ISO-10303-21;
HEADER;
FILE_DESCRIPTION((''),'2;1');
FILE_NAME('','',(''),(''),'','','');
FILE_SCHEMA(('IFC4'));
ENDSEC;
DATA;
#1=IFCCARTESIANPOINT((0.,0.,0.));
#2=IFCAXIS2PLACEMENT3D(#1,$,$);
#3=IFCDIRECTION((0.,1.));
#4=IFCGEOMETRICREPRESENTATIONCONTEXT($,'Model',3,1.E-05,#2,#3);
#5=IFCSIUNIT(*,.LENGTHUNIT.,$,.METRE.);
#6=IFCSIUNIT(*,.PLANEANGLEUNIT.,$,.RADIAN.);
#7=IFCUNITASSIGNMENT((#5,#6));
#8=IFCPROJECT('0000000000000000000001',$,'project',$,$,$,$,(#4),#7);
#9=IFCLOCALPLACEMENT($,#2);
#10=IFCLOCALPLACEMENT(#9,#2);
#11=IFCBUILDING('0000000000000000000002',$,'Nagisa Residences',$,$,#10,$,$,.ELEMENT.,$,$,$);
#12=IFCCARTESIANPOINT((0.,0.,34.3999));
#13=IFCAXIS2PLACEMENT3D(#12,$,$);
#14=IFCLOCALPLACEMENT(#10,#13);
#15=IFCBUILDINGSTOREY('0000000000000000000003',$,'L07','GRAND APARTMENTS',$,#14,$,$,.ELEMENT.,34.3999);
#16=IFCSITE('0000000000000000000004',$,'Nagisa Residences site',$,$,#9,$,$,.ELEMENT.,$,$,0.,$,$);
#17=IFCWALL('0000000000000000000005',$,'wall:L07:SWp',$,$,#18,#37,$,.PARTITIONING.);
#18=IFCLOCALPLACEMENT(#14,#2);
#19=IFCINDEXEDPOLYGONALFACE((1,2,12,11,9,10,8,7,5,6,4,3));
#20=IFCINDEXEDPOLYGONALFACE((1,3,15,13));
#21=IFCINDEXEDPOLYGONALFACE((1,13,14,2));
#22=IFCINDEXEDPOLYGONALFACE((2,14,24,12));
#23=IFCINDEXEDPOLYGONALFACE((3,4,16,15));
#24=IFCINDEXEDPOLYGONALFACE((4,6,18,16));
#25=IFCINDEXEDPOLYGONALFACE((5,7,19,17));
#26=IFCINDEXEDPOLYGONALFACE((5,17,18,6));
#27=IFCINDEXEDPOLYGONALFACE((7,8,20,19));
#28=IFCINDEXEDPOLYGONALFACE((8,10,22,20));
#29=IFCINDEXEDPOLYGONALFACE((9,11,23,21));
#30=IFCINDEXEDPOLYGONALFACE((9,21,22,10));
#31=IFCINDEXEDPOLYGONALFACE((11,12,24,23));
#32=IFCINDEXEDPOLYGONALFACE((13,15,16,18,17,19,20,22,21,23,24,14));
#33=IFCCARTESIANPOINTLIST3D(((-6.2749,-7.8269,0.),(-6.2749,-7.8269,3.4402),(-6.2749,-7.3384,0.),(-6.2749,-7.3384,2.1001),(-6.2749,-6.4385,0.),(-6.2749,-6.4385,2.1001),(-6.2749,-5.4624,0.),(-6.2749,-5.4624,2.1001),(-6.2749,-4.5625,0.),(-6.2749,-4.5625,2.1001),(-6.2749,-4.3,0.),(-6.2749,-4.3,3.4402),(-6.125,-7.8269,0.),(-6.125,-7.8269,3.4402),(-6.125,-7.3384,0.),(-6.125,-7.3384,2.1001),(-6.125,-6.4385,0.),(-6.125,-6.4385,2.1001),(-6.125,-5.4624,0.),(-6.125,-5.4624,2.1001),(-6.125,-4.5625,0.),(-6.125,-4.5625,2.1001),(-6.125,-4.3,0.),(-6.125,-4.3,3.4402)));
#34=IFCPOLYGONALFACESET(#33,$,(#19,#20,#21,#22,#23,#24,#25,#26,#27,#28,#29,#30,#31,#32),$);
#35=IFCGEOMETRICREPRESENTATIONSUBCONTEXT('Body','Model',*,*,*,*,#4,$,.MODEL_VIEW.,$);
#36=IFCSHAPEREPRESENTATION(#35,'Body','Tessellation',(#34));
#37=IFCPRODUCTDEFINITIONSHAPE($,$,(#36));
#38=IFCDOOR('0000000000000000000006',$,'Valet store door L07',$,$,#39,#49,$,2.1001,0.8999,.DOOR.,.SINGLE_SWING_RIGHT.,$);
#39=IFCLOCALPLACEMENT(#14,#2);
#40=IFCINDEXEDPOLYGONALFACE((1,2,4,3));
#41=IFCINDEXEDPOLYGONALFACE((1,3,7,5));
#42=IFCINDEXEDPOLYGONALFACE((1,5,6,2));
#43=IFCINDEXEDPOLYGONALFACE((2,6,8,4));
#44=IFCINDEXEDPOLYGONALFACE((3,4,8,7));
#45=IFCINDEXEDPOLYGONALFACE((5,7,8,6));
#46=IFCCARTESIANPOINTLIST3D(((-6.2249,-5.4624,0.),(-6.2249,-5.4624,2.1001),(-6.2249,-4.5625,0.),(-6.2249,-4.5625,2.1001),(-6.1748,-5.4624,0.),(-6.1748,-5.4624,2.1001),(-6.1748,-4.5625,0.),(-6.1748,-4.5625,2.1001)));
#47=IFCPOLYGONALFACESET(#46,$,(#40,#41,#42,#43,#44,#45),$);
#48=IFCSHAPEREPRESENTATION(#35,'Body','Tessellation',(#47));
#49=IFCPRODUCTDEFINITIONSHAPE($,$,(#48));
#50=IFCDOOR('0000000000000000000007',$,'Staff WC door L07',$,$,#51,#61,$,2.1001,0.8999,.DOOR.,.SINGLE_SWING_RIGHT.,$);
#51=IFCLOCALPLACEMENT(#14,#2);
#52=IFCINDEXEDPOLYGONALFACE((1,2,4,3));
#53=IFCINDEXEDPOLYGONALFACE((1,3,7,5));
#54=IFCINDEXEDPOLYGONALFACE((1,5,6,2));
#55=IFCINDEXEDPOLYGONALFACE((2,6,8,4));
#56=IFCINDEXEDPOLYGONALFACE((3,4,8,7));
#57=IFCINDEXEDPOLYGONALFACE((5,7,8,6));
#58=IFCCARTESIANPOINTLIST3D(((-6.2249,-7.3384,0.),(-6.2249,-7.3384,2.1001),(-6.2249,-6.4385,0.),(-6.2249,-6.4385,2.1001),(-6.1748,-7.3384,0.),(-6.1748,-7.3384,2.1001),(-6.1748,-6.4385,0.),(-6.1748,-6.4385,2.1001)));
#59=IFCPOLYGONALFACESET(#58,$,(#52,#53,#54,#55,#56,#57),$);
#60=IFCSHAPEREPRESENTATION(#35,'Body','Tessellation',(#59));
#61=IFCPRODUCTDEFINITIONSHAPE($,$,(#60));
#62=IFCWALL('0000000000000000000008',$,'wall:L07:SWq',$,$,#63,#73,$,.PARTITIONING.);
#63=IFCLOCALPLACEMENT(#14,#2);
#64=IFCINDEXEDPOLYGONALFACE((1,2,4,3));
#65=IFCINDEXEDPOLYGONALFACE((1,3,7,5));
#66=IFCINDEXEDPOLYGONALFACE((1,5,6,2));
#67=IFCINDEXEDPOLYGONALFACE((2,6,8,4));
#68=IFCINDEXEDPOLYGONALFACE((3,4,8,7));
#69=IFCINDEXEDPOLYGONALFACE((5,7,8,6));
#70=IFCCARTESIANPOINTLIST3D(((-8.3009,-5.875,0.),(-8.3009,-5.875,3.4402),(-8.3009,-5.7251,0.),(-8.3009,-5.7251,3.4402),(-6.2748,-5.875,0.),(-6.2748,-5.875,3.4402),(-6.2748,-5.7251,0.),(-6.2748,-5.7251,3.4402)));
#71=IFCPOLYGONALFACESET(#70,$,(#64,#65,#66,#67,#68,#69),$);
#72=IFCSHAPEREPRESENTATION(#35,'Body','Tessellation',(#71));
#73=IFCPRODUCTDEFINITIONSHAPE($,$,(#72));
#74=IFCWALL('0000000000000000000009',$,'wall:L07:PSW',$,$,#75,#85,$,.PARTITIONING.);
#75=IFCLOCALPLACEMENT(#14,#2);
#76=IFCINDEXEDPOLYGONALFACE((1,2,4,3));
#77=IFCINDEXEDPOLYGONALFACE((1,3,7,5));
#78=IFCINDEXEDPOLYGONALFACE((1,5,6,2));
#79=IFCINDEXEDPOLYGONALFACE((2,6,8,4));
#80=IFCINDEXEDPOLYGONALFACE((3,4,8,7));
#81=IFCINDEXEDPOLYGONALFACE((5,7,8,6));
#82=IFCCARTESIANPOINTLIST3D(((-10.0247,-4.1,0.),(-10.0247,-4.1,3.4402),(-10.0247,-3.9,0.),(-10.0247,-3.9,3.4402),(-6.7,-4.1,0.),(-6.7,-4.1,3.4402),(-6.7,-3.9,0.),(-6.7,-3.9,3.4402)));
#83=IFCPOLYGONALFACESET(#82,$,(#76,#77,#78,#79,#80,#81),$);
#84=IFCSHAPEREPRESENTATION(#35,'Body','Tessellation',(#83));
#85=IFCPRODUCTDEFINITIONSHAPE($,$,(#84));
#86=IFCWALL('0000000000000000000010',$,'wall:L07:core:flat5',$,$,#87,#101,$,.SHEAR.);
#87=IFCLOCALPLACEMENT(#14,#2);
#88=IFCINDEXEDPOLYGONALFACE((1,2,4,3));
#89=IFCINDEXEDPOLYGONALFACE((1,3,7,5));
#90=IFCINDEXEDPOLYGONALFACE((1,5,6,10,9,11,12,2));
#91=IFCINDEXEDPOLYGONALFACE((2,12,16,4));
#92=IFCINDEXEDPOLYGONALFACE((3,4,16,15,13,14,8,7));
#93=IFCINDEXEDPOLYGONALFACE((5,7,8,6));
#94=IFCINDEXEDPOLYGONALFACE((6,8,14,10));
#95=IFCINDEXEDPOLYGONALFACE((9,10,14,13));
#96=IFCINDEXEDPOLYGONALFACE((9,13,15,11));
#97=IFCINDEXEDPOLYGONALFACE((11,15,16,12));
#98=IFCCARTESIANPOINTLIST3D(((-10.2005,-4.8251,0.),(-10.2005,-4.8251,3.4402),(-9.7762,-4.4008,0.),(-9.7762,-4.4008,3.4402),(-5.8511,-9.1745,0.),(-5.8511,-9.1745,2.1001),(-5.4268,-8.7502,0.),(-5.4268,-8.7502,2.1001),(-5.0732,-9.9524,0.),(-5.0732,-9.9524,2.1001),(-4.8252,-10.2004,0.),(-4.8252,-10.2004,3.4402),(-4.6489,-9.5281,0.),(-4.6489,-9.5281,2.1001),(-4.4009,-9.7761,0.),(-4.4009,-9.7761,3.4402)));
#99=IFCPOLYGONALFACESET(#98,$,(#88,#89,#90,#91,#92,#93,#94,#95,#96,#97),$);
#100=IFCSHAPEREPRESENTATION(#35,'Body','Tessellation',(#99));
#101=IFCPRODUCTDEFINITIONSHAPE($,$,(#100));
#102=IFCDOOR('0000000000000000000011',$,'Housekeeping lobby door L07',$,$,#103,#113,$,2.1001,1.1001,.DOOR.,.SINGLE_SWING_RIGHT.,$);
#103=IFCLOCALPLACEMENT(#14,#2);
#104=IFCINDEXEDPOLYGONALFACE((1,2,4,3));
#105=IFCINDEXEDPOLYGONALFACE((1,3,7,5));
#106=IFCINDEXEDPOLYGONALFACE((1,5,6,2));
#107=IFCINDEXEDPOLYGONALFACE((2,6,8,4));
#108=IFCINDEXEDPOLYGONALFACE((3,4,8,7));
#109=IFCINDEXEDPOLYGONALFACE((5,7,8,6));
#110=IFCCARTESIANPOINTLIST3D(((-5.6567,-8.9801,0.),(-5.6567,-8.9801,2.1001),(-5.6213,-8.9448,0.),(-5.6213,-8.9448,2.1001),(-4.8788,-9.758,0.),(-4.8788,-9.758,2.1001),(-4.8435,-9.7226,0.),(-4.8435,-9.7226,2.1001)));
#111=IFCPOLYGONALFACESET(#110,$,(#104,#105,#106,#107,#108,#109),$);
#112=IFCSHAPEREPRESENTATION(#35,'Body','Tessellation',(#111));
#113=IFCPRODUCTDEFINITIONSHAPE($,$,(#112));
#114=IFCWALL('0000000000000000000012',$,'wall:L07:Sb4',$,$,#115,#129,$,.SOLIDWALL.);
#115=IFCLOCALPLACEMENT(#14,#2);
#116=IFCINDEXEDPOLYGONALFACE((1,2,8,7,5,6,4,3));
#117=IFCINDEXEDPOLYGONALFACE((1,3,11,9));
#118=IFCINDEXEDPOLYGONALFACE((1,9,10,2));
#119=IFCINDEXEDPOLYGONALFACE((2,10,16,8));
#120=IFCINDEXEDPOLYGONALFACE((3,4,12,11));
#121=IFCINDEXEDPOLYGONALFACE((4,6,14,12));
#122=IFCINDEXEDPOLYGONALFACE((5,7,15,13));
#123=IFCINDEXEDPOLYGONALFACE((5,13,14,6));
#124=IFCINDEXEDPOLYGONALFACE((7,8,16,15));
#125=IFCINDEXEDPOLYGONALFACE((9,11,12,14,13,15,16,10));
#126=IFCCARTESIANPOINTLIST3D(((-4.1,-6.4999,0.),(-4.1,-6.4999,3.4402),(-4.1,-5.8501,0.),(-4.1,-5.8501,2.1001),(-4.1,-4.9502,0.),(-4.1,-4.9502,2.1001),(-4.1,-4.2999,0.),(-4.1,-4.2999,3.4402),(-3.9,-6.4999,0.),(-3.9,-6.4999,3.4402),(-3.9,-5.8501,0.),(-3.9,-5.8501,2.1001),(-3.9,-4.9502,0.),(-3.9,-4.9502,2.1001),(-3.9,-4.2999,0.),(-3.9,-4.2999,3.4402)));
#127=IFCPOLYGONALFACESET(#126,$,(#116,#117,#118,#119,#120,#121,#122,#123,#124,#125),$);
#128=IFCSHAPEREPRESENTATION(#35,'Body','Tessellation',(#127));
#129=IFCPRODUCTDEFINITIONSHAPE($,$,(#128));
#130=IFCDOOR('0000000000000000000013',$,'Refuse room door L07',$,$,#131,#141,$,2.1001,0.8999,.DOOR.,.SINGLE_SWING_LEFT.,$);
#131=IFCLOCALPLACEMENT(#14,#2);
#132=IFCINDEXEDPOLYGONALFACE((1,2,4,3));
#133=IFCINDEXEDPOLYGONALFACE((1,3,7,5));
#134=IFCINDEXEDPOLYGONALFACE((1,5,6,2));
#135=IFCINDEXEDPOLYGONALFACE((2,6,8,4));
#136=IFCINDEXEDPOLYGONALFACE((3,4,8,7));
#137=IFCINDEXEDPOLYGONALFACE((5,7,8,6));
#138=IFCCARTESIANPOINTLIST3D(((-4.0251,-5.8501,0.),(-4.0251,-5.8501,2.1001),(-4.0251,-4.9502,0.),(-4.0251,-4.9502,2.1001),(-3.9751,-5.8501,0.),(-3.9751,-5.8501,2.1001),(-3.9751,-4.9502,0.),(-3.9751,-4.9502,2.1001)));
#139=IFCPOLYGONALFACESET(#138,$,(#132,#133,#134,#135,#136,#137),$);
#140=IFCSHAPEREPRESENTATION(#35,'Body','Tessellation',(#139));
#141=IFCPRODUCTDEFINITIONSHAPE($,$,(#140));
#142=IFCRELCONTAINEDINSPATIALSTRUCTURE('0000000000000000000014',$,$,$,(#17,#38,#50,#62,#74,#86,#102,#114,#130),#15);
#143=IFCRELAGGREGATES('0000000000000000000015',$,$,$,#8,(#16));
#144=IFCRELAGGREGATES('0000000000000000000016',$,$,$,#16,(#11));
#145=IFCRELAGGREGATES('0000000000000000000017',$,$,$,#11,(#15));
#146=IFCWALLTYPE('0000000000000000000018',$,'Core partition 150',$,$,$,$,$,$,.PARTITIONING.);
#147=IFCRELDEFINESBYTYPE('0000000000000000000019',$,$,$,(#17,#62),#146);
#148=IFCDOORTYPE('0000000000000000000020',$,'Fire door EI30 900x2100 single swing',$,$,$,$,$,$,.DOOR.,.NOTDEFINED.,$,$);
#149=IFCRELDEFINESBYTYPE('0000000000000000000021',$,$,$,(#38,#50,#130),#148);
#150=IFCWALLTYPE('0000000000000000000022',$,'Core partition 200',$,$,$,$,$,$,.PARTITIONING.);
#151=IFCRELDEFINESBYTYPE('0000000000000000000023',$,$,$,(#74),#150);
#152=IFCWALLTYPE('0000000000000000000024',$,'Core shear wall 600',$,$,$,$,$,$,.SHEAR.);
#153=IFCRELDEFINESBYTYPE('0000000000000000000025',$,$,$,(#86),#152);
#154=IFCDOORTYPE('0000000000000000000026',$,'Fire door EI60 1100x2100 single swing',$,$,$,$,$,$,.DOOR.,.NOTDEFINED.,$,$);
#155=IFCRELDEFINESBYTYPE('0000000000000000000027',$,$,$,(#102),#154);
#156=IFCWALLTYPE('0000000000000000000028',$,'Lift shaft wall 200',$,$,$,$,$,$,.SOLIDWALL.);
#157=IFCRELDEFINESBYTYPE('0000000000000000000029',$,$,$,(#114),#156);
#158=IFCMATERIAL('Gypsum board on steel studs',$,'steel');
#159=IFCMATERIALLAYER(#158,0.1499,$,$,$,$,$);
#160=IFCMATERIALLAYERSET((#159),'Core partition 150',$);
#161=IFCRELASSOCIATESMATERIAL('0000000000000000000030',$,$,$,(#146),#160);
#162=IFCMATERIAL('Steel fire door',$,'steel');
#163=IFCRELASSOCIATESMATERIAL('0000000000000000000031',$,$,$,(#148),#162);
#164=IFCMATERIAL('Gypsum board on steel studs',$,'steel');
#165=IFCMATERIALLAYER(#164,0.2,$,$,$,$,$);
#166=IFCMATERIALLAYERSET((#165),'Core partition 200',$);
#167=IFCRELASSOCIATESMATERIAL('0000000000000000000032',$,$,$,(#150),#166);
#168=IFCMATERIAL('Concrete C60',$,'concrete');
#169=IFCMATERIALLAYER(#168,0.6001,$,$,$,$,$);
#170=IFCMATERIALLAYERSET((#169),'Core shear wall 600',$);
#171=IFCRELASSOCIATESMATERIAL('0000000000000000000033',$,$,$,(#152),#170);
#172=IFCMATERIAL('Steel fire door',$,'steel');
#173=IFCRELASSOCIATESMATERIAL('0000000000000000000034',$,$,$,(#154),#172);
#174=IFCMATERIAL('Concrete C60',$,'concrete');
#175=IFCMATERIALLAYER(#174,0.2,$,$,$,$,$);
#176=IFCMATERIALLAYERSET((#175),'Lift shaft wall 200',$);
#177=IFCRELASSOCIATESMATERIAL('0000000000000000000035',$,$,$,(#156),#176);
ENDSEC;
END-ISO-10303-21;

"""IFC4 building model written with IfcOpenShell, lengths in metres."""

from ifc_helpers import new_model, si_unit, direction, frame, frame_2d, origin, place, context, subcontext, project, spatial, rectangle, extrude, material, layer, layer_set, type_object, element, fill, save


model = new_model("IFC4")

# Units and contexts
model_context = context("Model", 3, precision=1e-05, world=origin(), true_north=direction((0.0, 1.0)))
body_context = subcontext(model_context, "Body", "Model", "MODEL_VIEW")
ifc_project = project(units=[si_unit("LENGTHUNIT", "METRE"), si_unit("PLANEANGLEUNIT", "RADIAN")], contexts=[model_context])

# Site, building, storey
site_placement = place(None, origin())
site = spatial("IfcSite", under=ifc_project, at=site_placement, Name="Nagisa Residences site", CompositionType="ELEMENT", RefElevation=0.0)
building_placement = place(site_placement, origin())
building = spatial("IfcBuilding", under=site, at=building_placement, Name="Nagisa Residences", CompositionType="ELEMENT")
storey_placement = place(building_placement, frame((0.0, 0.0, 34.3999)))
storey = spatial("IfcBuildingStorey", under=building, at=storey_placement, Name="L07", Description="GRAND APARTMENTS", CompositionType="ELEMENT", Elevation=34.3999)

# Wall, openings, doors
ifc_material_1 = material(Name="Gypsum board on steel studs", Category="steel")
ifc_layer_1 = layer(ifc_material_1, 0.1499)
ifc_layer_set_1 = layer_set([ifc_layer_1], Name="Core partition 150")
wall_type_1 = type_object("IfcWallType", Name="Core partition 150", PredefinedType="PARTITIONING", material=ifc_layer_set_1)
wall_1_placement = place(storey_placement, frame((-6.2, -7.8269, 0.0), z_axis=(0.0, 0.0, 1.0), x_axis=(0.0, 1.0, 0.0)))
wall_1 = element("IfcWall", 1, at=wall_1_placement, inside=storey, type_object=wall_type_1, Name="wall:L07:SWp", PredefinedType="PARTITIONING", context=body_context, shape_type="SweptSolid", body=[
    extrude(rectangle(XDim=3.5269, YDim=0.1499, at=frame_2d((1.7634, 0.0))), origin(), (0.0, 0.0, 1.0), 3.4402),
])
opening_1_placement = place(wall_1_placement, frame((2.3645, 0.0, 0.0)))
opening_1 = element("IfcOpeningElement", 2, at=opening_1_placement, cuts=wall_1, PredefinedType="OPENING", context=body_context, shape_type="SweptSolid", body=[
    extrude(rectangle(XDim=0.8999, YDim=2.1001, at=frame_2d((0.45, 1.05))), frame((0.0, 0.085, 0.0), z_axis=(0.0, -1.0, 0.0), x_axis=(1.0, 0.0, 0.0)), (0.0, 0.0, 1.0), 0.1699),
])
opening_2_placement = place(wall_1_placement, frame((0.4885, 0.0, 0.0)))
opening_2 = element("IfcOpeningElement", 3, at=opening_2_placement, cuts=wall_1, PredefinedType="OPENING", context=body_context, shape_type="SweptSolid", body=[
    extrude(rectangle(XDim=0.8999, YDim=2.1001, at=frame_2d((0.45, 1.05))), frame((0.0, 0.085, 0.0), z_axis=(0.0, -1.0, 0.0), x_axis=(1.0, 0.0, 0.0)), (0.0, 0.0, 1.0), 0.1699),
])
ifc_material_2 = material(Name="Steel fire door", Category="steel")
door_type_1 = type_object("IfcDoorType", Name="Fire door EI30 900x2100 single swing", OperationType="NOTDEFINED", PredefinedType="DOOR", material=ifc_material_2)
door_1_placement = place(opening_1_placement, origin())
door_1 = element("IfcDoor", 4, at=door_1_placement, inside=storey, type_object=door_type_1, Name="Valet store door L07", OperationType="SINGLE_SWING_RIGHT", OverallHeight=2.1001, OverallWidth=0.8999, PredefinedType="DOOR", context=body_context, shape_type="SweptSolid", body=[
    extrude(rectangle(XDim=0.8999, YDim=2.1001, at=frame_2d((0.45, 1.05))), frame((0.0, 0.0249, 0.0), z_axis=(0.0, -1.0, 0.0), x_axis=(1.0, 0.0, 0.0)), (0.0, 0.0, 1.0), 0.05),
])
fill(opening_1, door_1)
door_2_placement = place(opening_2_placement, origin())
door_2 = element("IfcDoor", 5, at=door_2_placement, inside=storey, type_object=door_type_1, Name="Staff WC door L07", OperationType="SINGLE_SWING_RIGHT", OverallHeight=2.1001, OverallWidth=0.8999, PredefinedType="DOOR", context=body_context, shape_type="SweptSolid", body=[
    extrude(rectangle(XDim=0.8999, YDim=2.1001, at=frame_2d((0.45, 1.05))), frame((0.0, 0.0249, 0.0), z_axis=(0.0, -1.0, 0.0), x_axis=(1.0, 0.0, 0.0)), (0.0, 0.0, 1.0), 0.05),
])
fill(opening_2, door_2)

# Walls
wall_2_placement = place(storey_placement, frame((-8.301, -5.8, 0.0), z_axis=(0.0, 0.0, 1.0), x_axis=(1.0, 0.0, 0.0)))
element("IfcWall", 6, at=wall_2_placement, inside=storey, type_object=wall_type_1, Name="wall:L07:SWq", PredefinedType="PARTITIONING", context=body_context, shape_type="SweptSolid", body=[
    extrude(rectangle(XDim=2.0261, YDim=0.1499, at=frame_2d((1.0132, 0.0))), origin(), (0.0, 0.0, 1.0), 3.4402),
])
ifc_material_3 = material(Name="Gypsum board on steel studs", Category="steel")
ifc_layer_2 = layer(ifc_material_3, 0.2)
ifc_layer_set_2 = layer_set([ifc_layer_2], Name="Core partition 200")
wall_type_2 = type_object("IfcWallType", Name="Core partition 200", PredefinedType="PARTITIONING", material=ifc_layer_set_2)
wall_3_placement = place(storey_placement, frame((-10.0247, -4.0, 0.0), z_axis=(0.0, 0.0, 1.0), x_axis=(1.0, 0.0, 0.0)))
element("IfcWall", 7, at=wall_3_placement, inside=storey, type_object=wall_type_2, Name="wall:L07:PSW", PredefinedType="PARTITIONING", context=body_context, shape_type="SweptSolid", body=[
    extrude(rectangle(XDim=3.3247, YDim=0.2, at=frame_2d((1.6624, 0.0))), origin(), (0.0, 0.0, 1.0), 3.4402),
])

# Walls, openings, doors
ifc_material_4 = material(Name="Concrete C60", Category="concrete")
ifc_layer_3 = layer(ifc_material_4, 0.6001)
ifc_layer_set_3 = layer_set([ifc_layer_3], Name="Core shear wall 600")
wall_type_3 = type_object("IfcWallType", Name="Core shear wall 600", PredefinedType="SHEAR", material=ifc_layer_set_3)
wall_4_placement = place(storey_placement, frame((-9.9883, -4.613, 0.0), z_axis=(0.0, 0.0, 1.0), x_axis=(0.707107, -0.707107, 0.0)))
wall_4 = element("IfcWall", 8, at=wall_4_placement, inside=storey, type_object=wall_type_3, Name="wall:L07:core:flat5", PredefinedType="SHEAR", context=body_context, shape_type="SweptSolid", body=[
    extrude(rectangle(XDim=7.6018, YDim=0.6001, at=frame_2d((3.8008, 0.0))), origin(), (0.0, 0.0, 1.0), 3.4402),
])
opening_3_placement = place(wall_4_placement, frame((6.1509, 0.0, 0.0)))
opening_3 = element("IfcOpeningElement", 9, at=opening_3_placement, cuts=wall_4, PredefinedType="OPENING", context=body_context, shape_type="SweptSolid", body=[
    extrude(rectangle(XDim=1.1001, YDim=2.1001, at=frame_2d((0.55, 1.05))), frame((0.0, 0.3101, 0.0), z_axis=(0.0, -1.0, 0.0), x_axis=(1.0, 0.0, 0.0)), (0.0, 0.0, 1.0), 0.6201),
])
ifc_material_5 = material(Name="Steel fire door", Category="steel")
door_type_2 = type_object("IfcDoorType", Name="Fire door EI60 1100x2100 single swing", OperationType="NOTDEFINED", PredefinedType="DOOR", material=ifc_material_5)
door_3_placement = place(opening_3_placement, origin())
door_3 = element("IfcDoor", 10, at=door_3_placement, inside=storey, type_object=door_type_2, Name="Housekeeping lobby door L07", OperationType="SINGLE_SWING_RIGHT", OverallHeight=2.1001, OverallWidth=1.1001, PredefinedType="DOOR", context=body_context, shape_type="SweptSolid", body=[
    extrude(rectangle(XDim=1.1001, YDim=2.1001, at=frame_2d((0.55, 1.05))), frame((0.0, 0.0249, 0.0), z_axis=(0.0, -1.0, 0.0), x_axis=(1.0, 0.0, 0.0)), (0.0, 0.0, 1.0), 0.05),
])
fill(opening_3, door_3)
ifc_material_6 = material(Name="Concrete C60", Category="concrete")
ifc_layer_4 = layer(ifc_material_6, 0.2)
ifc_layer_set_4 = layer_set([ifc_layer_4], Name="Lift shaft wall 200")
wall_type_4 = type_object("IfcWallType", Name="Lift shaft wall 200", PredefinedType="SOLIDWALL", material=ifc_layer_set_4)
wall_5_placement = place(storey_placement, frame((-4.0, -6.5, 0.0), z_axis=(0.0, 0.0, 1.0), x_axis=(0.0, 1.0, 0.0)))
wall_5 = element("IfcWall", 11, at=wall_5_placement, inside=storey, type_object=wall_type_4, Name="wall:L07:Sb4", PredefinedType="SOLIDWALL", context=body_context, shape_type="SweptSolid", body=[
    extrude(rectangle(XDim=2.2, YDim=0.2, at=frame_2d((1.1001, 0.0))), origin(), (0.0, 0.0, 1.0), 3.4402),
])
opening_4_placement = place(wall_5_placement, frame((0.6499, 0.0, 0.0)))
opening_4 = element("IfcOpeningElement", 12, at=opening_4_placement, cuts=wall_5, PredefinedType="OPENING", context=body_context, shape_type="SweptSolid", body=[
    extrude(rectangle(XDim=0.8999, YDim=2.1001, at=frame_2d((0.45, 1.05))), frame((0.0, 0.1099, 0.0), z_axis=(0.0, -1.0, 0.0), x_axis=(1.0, 0.0, 0.0)), (0.0, 0.0, 1.0), 0.22),
])
door_4_placement = place(opening_4_placement, frame((0.8999, 0.0, 0.0), x_axis=(-1.0, 0.0, 0.0)))
door_4 = element("IfcDoor", 13, at=door_4_placement, inside=storey, type_object=door_type_1, Name="Refuse room door L07", OperationType="SINGLE_SWING_LEFT", OverallHeight=2.1001, OverallWidth=0.8999, PredefinedType="DOOR", context=body_context, shape_type="SweptSolid", body=[
    extrude(rectangle(XDim=0.8999, YDim=2.1001, at=frame_2d((0.45, 1.05))), frame((0.0, 0.0249, 0.0), z_axis=(0.0, -1.0, 0.0), x_axis=(1.0, 0.0, 0.0)), (0.0, 0.0, 1.0), 0.05),
])
fill(opening_4, door_4)

save(model, "model.ifc")
